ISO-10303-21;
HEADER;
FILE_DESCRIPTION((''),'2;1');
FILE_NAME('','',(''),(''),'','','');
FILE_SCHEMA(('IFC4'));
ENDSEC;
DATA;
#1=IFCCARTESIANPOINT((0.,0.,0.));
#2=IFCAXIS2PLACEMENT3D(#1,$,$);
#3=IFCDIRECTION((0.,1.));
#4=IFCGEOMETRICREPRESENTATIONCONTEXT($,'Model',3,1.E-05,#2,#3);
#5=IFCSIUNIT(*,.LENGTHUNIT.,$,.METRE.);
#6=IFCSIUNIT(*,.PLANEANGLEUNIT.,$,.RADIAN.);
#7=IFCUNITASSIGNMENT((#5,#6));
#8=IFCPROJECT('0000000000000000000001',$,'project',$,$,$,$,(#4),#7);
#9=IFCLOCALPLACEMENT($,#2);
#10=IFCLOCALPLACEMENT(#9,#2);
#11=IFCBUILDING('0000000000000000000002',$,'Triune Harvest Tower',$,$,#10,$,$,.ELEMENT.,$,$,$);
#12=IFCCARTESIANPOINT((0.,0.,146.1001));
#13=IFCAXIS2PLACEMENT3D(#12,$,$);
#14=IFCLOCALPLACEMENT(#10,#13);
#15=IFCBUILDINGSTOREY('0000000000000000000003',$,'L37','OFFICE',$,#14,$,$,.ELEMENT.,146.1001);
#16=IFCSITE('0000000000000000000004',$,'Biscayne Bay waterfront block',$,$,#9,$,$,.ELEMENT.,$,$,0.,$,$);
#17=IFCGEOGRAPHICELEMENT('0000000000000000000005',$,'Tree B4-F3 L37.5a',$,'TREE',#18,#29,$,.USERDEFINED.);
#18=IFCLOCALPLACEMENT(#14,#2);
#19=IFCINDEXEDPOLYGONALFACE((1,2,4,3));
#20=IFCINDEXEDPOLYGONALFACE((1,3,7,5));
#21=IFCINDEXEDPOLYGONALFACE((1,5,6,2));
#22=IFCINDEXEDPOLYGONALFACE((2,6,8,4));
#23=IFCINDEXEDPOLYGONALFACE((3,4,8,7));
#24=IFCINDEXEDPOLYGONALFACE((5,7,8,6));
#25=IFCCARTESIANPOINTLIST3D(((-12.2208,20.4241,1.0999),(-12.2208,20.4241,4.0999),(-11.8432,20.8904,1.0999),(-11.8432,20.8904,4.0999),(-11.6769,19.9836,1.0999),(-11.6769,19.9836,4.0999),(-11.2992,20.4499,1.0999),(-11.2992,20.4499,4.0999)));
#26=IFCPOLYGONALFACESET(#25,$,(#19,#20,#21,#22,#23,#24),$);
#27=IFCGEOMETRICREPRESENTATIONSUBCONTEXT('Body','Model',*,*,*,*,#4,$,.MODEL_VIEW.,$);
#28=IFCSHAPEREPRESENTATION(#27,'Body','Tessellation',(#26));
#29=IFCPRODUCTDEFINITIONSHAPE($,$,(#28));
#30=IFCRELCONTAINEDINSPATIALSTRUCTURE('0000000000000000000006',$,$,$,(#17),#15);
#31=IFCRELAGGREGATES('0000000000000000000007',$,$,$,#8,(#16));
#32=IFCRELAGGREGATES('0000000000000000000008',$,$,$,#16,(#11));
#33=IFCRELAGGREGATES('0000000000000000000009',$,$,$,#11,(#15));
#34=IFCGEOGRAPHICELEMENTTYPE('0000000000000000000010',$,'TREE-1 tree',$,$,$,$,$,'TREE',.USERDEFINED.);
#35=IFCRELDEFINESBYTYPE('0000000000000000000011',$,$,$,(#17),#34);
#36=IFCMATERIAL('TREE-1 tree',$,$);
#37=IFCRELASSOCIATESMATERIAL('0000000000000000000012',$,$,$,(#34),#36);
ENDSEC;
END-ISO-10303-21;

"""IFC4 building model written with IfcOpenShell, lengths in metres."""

from ifc_helpers import new_model, si_unit, direction, frame, origin, origin_2d, place, context, subcontext, project, spatial, rectangle, extrude, source, transform, mapped, material, type_object, element, save


model = new_model("IFC4")

# Units and contexts
model_context = context("Model", 3, precision=1e-05, world=origin(), true_north=direction((0.0, 1.0)))
body_context = subcontext(model_context, "Body", "Model", "MODEL_VIEW")
ifc_project = project(units=[si_unit("LENGTHUNIT", "METRE"), si_unit("PLANEANGLEUNIT", "RADIAN")], contexts=[model_context])

# Site, building, storey
site_placement = place(None, origin())
site = spatial("IfcSite", under=ifc_project, at=site_placement, Name="Biscayne Bay waterfront block", CompositionType="ELEMENT", RefElevation=0.0)
building_placement = place(site_placement, origin())
building = spatial("IfcBuilding", under=site, at=building_placement, Name="Triune Harvest Tower", CompositionType="ELEMENT")
storey_placement = place(building_placement, frame((0.0, 0.0, 146.1001)))
storey = spatial("IfcBuildingStorey", under=building, at=storey_placement, Name="L37", Description="OFFICE", CompositionType="ELEMENT", Elevation=146.1001)

# Geographic element
ifc_material_1 = material(Name="TREE-1 tree")
geographic_element_type = type_object("IfcGeographicElementType", Name="TREE-1 tree", ElementType="TREE", PredefinedType="USERDEFINED", material=ifc_material_1)
shared_shape_1 = source(origin(), body_context, "Body", "SweptSolid", [
    extrude(rectangle(XDim=0.6001, YDim=0.7, at=origin_2d()), origin(), (0.0, 0.0, 1.0), 3.0),
])
geographic_element_placement = place(storey_placement, frame((-11.76, 20.437, 1.0999), z_axis=(0.0, 0.0, 1.0), x_axis=(-0.629321, -0.777145, 0.0)))
element("IfcGeographicElement", 1, at=geographic_element_placement, inside=storey, type_object=geographic_element_type, Name="Tree B4-F3 L37.5a", ObjectType="TREE", PredefinedType="USERDEFINED", context=body_context, shape_type="MappedRepresentation", body=[
    mapped(shared_shape_1, transform((0.0, 0.0, 0.0), scale=1.0)),
])

save(model, "model.ifc")
